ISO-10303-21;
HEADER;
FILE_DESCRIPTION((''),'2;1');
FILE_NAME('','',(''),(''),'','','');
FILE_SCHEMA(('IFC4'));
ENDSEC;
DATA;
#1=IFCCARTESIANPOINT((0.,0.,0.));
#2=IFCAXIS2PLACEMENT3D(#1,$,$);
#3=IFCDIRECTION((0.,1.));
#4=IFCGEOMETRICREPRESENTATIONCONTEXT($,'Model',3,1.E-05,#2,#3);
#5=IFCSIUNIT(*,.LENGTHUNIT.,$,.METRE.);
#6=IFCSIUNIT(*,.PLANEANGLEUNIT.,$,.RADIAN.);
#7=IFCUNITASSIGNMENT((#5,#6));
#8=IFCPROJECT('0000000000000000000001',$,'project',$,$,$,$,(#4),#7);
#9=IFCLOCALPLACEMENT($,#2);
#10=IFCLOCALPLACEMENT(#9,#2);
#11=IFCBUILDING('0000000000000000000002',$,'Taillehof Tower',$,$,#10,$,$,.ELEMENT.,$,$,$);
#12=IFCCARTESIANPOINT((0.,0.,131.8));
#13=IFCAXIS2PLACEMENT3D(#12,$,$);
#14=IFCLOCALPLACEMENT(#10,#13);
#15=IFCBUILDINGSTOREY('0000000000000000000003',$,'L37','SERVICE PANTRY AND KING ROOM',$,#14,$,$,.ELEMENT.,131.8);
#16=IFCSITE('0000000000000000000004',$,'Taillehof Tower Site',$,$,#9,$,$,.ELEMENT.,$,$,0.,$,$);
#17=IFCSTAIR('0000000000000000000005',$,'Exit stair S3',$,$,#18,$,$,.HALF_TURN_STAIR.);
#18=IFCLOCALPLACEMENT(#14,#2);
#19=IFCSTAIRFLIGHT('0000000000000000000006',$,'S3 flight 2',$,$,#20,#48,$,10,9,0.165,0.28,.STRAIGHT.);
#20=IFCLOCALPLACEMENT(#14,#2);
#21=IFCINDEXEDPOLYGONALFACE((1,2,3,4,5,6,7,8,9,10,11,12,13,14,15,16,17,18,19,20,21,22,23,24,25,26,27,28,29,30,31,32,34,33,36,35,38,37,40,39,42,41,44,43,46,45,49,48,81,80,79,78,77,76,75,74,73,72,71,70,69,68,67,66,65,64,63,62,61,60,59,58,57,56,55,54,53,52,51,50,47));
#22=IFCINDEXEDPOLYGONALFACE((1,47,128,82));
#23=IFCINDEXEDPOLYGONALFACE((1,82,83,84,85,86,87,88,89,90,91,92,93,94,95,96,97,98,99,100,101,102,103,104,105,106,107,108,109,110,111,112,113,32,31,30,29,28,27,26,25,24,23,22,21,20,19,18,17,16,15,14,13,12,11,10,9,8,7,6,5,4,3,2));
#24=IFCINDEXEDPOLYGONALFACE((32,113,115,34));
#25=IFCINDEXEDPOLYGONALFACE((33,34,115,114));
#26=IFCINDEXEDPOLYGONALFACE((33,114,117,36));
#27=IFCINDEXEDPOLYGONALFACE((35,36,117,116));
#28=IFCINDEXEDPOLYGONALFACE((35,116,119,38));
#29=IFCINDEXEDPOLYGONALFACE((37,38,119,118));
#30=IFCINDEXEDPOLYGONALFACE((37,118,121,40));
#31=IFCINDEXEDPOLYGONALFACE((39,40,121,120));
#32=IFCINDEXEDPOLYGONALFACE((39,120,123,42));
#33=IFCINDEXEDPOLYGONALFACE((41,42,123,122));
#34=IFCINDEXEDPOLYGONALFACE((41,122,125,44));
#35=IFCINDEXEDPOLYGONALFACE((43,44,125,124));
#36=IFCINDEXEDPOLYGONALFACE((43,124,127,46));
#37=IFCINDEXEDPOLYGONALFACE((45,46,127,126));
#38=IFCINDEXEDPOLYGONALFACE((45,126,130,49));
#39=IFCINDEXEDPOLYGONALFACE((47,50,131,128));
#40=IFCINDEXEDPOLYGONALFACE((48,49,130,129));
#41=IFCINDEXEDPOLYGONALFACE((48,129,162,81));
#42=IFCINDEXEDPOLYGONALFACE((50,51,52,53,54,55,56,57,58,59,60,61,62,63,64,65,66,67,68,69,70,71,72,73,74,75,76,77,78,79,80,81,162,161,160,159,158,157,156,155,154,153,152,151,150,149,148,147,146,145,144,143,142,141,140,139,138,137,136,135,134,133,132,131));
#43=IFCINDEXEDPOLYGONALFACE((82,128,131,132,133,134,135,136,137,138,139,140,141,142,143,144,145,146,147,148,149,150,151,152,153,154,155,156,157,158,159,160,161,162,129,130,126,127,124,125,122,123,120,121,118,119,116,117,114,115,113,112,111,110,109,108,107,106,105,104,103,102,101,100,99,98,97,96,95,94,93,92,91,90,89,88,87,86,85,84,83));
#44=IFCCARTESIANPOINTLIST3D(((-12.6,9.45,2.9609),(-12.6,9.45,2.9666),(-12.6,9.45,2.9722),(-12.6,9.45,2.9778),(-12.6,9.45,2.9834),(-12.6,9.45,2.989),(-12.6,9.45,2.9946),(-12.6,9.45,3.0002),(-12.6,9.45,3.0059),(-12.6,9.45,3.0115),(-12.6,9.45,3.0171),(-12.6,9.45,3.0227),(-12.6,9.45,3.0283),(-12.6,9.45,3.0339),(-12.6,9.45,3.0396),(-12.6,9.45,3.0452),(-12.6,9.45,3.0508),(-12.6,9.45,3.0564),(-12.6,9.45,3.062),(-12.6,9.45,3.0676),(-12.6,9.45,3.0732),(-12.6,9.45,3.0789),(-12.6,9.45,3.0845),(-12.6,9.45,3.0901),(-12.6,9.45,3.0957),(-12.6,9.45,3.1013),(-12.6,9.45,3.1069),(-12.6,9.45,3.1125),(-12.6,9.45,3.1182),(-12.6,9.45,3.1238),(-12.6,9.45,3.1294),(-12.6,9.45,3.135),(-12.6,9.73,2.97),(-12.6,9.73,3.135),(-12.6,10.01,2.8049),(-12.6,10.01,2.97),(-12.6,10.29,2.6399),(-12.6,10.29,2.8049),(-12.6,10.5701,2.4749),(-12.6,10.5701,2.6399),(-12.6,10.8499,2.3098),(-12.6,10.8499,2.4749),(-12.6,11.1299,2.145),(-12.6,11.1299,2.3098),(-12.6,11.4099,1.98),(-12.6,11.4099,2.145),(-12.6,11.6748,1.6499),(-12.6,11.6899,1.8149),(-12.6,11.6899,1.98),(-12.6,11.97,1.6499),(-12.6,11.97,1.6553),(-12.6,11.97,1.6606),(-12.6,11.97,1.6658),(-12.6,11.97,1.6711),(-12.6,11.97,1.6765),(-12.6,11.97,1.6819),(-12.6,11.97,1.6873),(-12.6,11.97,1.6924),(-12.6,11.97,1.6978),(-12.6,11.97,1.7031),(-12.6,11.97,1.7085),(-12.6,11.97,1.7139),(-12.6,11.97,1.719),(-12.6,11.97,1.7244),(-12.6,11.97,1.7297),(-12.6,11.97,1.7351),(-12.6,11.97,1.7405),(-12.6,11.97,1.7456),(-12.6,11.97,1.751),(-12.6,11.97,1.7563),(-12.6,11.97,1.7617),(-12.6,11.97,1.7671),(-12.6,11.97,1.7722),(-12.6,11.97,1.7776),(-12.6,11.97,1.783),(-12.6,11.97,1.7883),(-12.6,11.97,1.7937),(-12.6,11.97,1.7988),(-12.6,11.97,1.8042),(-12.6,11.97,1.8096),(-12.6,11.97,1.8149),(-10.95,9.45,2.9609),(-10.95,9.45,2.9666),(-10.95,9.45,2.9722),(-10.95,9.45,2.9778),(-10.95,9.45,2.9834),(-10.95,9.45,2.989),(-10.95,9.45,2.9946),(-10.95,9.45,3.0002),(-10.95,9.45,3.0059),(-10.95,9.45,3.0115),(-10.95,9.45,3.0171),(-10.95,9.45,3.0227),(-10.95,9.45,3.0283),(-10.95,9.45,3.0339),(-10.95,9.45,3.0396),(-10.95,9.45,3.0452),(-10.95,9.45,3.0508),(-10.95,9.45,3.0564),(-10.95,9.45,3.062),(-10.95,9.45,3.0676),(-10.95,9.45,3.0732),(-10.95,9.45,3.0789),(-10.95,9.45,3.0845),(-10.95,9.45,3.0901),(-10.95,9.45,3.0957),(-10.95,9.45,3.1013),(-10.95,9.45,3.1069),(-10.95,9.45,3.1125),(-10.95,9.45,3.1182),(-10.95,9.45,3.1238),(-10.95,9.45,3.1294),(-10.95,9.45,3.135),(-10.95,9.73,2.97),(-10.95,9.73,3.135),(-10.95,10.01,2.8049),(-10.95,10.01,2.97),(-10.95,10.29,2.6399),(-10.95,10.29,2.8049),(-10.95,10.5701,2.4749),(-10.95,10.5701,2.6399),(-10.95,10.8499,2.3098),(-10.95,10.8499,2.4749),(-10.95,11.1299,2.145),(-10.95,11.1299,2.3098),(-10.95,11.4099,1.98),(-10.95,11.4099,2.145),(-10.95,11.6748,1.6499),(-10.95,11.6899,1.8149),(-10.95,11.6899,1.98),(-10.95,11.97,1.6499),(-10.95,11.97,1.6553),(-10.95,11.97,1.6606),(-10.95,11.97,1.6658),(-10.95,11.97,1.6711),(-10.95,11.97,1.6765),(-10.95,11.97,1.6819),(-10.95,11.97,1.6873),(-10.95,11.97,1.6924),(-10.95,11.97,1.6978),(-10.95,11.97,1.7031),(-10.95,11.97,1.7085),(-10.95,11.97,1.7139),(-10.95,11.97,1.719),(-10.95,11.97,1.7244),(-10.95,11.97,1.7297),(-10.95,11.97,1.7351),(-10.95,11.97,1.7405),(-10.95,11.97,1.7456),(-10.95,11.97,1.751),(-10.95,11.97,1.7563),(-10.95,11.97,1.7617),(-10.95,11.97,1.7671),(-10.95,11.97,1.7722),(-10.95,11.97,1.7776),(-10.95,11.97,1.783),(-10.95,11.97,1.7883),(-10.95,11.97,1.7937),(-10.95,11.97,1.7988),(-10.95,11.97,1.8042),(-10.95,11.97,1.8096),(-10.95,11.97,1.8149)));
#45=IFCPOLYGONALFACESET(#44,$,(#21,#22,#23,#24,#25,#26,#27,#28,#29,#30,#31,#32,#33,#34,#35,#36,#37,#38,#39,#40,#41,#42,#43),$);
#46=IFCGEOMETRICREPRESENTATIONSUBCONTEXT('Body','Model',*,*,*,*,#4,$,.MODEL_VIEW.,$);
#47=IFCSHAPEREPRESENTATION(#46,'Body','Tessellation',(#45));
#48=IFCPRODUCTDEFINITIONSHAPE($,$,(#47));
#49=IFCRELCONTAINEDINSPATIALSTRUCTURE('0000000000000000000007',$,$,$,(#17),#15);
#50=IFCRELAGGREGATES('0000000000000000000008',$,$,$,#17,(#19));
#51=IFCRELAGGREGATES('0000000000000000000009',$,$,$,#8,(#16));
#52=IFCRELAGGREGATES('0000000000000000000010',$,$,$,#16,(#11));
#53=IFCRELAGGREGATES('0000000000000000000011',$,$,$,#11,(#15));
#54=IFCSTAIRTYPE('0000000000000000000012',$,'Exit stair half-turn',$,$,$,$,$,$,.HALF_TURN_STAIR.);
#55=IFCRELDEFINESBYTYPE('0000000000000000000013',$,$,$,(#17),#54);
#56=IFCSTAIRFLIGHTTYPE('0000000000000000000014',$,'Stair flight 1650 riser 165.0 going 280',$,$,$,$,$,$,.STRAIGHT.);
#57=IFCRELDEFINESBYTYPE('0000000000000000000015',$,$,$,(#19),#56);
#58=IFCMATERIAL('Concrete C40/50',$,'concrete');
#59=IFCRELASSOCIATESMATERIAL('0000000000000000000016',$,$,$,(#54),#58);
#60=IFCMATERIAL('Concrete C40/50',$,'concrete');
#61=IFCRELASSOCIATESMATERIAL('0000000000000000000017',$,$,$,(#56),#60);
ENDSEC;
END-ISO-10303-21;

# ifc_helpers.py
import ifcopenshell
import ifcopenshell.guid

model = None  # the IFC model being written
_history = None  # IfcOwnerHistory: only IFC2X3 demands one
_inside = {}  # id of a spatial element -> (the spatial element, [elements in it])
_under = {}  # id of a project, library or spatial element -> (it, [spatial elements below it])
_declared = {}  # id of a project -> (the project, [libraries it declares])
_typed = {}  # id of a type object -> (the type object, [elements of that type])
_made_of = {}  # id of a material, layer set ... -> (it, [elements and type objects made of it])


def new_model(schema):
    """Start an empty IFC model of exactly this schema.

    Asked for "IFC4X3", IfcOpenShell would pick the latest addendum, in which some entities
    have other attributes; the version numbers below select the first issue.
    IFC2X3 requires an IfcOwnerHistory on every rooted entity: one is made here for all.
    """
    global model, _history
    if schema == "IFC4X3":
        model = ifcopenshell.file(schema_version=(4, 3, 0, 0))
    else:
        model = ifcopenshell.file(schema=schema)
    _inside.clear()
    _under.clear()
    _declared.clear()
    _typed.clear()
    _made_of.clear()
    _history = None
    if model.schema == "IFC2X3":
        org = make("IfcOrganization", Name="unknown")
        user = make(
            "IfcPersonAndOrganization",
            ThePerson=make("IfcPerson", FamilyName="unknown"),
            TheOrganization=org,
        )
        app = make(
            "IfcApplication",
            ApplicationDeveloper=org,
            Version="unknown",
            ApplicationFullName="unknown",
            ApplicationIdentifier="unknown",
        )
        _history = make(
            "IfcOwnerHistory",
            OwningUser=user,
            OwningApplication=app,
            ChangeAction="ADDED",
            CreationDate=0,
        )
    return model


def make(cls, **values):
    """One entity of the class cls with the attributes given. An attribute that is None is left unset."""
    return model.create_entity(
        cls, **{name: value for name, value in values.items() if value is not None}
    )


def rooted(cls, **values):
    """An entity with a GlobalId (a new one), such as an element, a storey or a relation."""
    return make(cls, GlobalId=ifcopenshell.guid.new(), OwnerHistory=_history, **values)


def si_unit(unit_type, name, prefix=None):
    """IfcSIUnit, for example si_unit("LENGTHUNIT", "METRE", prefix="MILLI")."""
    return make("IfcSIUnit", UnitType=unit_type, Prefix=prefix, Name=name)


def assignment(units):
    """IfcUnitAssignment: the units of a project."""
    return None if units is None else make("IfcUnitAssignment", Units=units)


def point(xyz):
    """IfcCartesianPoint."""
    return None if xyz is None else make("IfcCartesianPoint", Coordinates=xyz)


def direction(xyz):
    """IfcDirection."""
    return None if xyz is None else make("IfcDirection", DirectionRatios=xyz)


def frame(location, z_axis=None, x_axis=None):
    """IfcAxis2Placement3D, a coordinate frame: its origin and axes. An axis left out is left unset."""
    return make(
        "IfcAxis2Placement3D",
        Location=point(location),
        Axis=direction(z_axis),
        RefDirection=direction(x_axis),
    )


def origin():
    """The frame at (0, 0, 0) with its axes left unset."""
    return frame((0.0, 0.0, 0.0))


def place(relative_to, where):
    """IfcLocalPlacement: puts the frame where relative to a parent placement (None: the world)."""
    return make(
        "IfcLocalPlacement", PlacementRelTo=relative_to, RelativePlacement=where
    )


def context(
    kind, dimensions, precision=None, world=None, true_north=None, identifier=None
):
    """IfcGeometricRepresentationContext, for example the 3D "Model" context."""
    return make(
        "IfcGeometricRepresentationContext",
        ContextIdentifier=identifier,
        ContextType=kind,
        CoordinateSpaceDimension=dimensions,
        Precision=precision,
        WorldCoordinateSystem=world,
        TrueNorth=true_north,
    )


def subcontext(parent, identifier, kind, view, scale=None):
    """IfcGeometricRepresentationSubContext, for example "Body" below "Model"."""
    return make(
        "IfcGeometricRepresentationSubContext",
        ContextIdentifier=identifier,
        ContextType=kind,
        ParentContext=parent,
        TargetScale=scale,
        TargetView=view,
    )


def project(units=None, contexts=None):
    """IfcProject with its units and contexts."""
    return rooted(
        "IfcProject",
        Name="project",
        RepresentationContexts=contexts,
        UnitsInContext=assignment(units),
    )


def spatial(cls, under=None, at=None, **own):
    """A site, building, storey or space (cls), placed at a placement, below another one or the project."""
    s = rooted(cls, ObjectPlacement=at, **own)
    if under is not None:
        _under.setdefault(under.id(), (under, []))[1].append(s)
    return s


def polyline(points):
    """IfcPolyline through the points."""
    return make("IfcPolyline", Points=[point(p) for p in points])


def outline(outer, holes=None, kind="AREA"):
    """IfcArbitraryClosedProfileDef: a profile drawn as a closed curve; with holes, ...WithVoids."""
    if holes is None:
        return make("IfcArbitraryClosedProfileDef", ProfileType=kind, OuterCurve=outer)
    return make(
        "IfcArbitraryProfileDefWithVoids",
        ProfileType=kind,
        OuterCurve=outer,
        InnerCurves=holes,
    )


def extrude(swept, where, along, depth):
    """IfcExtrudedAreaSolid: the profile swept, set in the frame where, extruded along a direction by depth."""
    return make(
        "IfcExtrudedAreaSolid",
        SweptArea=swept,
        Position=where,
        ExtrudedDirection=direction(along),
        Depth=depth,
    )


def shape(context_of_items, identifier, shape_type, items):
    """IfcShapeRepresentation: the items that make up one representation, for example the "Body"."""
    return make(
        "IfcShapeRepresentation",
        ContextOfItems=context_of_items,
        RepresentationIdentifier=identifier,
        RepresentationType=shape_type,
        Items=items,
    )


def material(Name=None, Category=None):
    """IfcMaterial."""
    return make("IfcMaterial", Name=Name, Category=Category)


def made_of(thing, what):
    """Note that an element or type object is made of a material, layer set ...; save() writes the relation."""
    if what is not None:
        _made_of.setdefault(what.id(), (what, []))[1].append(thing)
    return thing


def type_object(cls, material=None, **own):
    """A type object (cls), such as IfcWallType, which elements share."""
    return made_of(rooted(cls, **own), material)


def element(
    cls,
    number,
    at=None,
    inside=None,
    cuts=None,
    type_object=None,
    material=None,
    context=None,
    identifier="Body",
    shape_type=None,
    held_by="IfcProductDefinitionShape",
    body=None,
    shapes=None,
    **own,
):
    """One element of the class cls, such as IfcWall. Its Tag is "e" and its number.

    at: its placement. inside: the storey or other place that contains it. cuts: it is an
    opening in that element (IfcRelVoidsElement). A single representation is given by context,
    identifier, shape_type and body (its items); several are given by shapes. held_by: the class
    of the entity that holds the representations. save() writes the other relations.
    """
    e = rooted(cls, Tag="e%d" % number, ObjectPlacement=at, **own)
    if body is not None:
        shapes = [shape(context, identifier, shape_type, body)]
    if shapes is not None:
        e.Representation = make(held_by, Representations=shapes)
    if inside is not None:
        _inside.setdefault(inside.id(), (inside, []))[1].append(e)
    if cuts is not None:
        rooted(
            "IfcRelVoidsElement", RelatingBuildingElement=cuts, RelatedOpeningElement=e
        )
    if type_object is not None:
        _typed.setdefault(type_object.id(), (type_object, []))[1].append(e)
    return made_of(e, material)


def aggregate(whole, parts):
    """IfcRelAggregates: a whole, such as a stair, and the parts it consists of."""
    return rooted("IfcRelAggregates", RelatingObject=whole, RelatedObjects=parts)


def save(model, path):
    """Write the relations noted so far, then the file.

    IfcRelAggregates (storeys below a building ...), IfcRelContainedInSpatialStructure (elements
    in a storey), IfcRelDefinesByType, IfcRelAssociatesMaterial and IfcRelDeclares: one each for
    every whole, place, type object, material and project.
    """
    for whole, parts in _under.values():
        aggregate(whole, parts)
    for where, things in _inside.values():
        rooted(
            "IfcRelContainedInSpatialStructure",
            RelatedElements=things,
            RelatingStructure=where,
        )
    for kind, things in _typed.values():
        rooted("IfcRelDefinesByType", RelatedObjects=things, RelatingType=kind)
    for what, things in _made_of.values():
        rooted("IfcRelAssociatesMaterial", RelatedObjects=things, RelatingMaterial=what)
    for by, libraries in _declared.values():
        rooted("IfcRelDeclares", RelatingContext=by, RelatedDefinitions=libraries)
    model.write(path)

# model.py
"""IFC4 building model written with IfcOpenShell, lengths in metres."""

from ifc_helpers import new_model, si_unit, direction, frame, origin, place, context, subcontext, project, spatial, polyline, outline, extrude, material, type_object, element, aggregate, save


model = new_model("IFC4")

# Units and contexts
model_context = context("Model", 3, precision=1e-05, world=origin(), true_north=direction((0.0, 1.0)))
body_context = subcontext(model_context, "Body", "Model", "MODEL_VIEW")
ifc_project = project(units=[si_unit("LENGTHUNIT", "METRE"), si_unit("PLANEANGLEUNIT", "RADIAN")], contexts=[model_context])

# Site, building, storey
site_placement = place(None, origin())
site = spatial("IfcSite", under=ifc_project, at=site_placement, Name="Taillehof Tower Site", CompositionType="ELEMENT", RefElevation=0.0)
building_placement = place(site_placement, origin())
building = spatial("IfcBuilding", under=site, at=building_placement, Name="Taillehof Tower", CompositionType="ELEMENT")
storey_placement = place(building_placement, frame((0.0, 0.0, 131.8)))
storey = spatial("IfcBuildingStorey", under=building, at=storey_placement, Name="L37", Description="SERVICE PANTRY AND KING ROOM", CompositionType="ELEMENT", Elevation=131.8)

# Stair, stair flight
ifc_material_1 = material(Name="Concrete C40/50", Category="concrete")
stair_type = type_object("IfcStairType", Name="Exit stair half-turn", PredefinedType="HALF_TURN_STAIR", material=ifc_material_1)
stair_placement = place(storey_placement, origin())
stair = element("IfcStair", 1, at=stair_placement, inside=storey, type_object=stair_type, Name="Exit stair S3", PredefinedType="HALF_TURN_STAIR")
ifc_material_2 = material(Name="Concrete C40/50", Category="concrete")
stair_flight_type = type_object("IfcStairFlightType", Name="Stair flight 1650 riser 165.0 going 280", PredefinedType="STRAIGHT", material=ifc_material_2)
stair_flight_placement = place(storey_placement, frame((-11.7749, 11.97, 1.6499), z_axis=(0.0, 0.0, 1.0), x_axis=(0.0, -1.0, 0.0)))
stair_flight = element("IfcStairFlight", 2, at=stair_flight_placement, type_object=stair_flight_type, Name="S3 flight 2", NumberOfRisers=10, NumberOfTreads=9, PredefinedType="STRAIGHT", RiserHeight=0.165, TreadLength=0.28, context=body_context, shape_type="SweptSolid", body=[
    extrude(outline(polyline([(0.0, 0.0), (0.0, 0.0054), (0.0, 0.0107), (0.0, 0.0159), (0.0, 0.0212), (0.0, 0.0266), (0.0, 0.032), (0.0, 0.0374), (0.0, 0.0425), (0.0, 0.0479), (0.0, 0.0532), (0.0, 0.0586), (0.0, 0.064), (0.0, 0.0691), (0.0, 0.0745), (0.0, 0.0798), (0.0, 0.0852), (0.0, 0.0906), (0.0, 0.0957), (0.0, 0.1011), (0.0, 0.1064), (0.0, 0.1118), (0.0, 0.1172), (0.0, 0.1223), (0.0, 0.1277), (0.0, 0.1331), (0.0, 0.1384), (0.0, 0.1438), (0.0, 0.1489), (0.0, 0.1543), (0.0, 0.1597), (0.0, 0.165), (0.28, 0.165), (0.28, 0.3301), (0.5601, 0.3301), (0.5601, 0.4951), (0.8401, 0.4951), (0.8401, 0.6599), (1.1201, 0.6599), (1.1201, 0.825), (1.3999, 0.825), (1.3999, 0.99), (1.6799, 0.99), (1.6799, 1.155), (1.96, 1.155), (1.96, 1.3201), (2.24, 1.3201), (2.24, 1.4851), (2.52, 1.4851), (2.52, 1.4795), (2.52, 1.4739), (2.52, 1.4683), (2.52, 1.4626), (2.52, 1.457), (2.52, 1.4514), (2.52, 1.4458), (2.52, 1.4402), (2.52, 1.4346), (2.52, 1.429), (2.52, 1.4233), (2.52, 1.4177), (2.52, 1.4121), (2.52, 1.4065), (2.52, 1.4009), (2.52, 1.3953), (2.52, 1.3896), (2.52, 1.384), (2.52, 1.3784), (2.52, 1.3728), (2.52, 1.3672), (2.52, 1.3616), (2.52, 1.356), (2.52, 1.3503), (2.52, 1.3447), (2.52, 1.3391), (2.52, 1.3335), (2.52, 1.3279), (2.52, 1.3223), (2.52, 1.3167), (2.52, 1.311), (0.2952, 0.0), (0.0, 0.0)])), frame((0.0, 0.825, 0.0), z_axis=(0.0, -1.0, 0.0), x_axis=(1.0, 0.0, 0.0)), (0.0, 0.0, 1.0), 1.65),
])
aggregate(stair, [stair_flight])

save(model, "model.ifc")
